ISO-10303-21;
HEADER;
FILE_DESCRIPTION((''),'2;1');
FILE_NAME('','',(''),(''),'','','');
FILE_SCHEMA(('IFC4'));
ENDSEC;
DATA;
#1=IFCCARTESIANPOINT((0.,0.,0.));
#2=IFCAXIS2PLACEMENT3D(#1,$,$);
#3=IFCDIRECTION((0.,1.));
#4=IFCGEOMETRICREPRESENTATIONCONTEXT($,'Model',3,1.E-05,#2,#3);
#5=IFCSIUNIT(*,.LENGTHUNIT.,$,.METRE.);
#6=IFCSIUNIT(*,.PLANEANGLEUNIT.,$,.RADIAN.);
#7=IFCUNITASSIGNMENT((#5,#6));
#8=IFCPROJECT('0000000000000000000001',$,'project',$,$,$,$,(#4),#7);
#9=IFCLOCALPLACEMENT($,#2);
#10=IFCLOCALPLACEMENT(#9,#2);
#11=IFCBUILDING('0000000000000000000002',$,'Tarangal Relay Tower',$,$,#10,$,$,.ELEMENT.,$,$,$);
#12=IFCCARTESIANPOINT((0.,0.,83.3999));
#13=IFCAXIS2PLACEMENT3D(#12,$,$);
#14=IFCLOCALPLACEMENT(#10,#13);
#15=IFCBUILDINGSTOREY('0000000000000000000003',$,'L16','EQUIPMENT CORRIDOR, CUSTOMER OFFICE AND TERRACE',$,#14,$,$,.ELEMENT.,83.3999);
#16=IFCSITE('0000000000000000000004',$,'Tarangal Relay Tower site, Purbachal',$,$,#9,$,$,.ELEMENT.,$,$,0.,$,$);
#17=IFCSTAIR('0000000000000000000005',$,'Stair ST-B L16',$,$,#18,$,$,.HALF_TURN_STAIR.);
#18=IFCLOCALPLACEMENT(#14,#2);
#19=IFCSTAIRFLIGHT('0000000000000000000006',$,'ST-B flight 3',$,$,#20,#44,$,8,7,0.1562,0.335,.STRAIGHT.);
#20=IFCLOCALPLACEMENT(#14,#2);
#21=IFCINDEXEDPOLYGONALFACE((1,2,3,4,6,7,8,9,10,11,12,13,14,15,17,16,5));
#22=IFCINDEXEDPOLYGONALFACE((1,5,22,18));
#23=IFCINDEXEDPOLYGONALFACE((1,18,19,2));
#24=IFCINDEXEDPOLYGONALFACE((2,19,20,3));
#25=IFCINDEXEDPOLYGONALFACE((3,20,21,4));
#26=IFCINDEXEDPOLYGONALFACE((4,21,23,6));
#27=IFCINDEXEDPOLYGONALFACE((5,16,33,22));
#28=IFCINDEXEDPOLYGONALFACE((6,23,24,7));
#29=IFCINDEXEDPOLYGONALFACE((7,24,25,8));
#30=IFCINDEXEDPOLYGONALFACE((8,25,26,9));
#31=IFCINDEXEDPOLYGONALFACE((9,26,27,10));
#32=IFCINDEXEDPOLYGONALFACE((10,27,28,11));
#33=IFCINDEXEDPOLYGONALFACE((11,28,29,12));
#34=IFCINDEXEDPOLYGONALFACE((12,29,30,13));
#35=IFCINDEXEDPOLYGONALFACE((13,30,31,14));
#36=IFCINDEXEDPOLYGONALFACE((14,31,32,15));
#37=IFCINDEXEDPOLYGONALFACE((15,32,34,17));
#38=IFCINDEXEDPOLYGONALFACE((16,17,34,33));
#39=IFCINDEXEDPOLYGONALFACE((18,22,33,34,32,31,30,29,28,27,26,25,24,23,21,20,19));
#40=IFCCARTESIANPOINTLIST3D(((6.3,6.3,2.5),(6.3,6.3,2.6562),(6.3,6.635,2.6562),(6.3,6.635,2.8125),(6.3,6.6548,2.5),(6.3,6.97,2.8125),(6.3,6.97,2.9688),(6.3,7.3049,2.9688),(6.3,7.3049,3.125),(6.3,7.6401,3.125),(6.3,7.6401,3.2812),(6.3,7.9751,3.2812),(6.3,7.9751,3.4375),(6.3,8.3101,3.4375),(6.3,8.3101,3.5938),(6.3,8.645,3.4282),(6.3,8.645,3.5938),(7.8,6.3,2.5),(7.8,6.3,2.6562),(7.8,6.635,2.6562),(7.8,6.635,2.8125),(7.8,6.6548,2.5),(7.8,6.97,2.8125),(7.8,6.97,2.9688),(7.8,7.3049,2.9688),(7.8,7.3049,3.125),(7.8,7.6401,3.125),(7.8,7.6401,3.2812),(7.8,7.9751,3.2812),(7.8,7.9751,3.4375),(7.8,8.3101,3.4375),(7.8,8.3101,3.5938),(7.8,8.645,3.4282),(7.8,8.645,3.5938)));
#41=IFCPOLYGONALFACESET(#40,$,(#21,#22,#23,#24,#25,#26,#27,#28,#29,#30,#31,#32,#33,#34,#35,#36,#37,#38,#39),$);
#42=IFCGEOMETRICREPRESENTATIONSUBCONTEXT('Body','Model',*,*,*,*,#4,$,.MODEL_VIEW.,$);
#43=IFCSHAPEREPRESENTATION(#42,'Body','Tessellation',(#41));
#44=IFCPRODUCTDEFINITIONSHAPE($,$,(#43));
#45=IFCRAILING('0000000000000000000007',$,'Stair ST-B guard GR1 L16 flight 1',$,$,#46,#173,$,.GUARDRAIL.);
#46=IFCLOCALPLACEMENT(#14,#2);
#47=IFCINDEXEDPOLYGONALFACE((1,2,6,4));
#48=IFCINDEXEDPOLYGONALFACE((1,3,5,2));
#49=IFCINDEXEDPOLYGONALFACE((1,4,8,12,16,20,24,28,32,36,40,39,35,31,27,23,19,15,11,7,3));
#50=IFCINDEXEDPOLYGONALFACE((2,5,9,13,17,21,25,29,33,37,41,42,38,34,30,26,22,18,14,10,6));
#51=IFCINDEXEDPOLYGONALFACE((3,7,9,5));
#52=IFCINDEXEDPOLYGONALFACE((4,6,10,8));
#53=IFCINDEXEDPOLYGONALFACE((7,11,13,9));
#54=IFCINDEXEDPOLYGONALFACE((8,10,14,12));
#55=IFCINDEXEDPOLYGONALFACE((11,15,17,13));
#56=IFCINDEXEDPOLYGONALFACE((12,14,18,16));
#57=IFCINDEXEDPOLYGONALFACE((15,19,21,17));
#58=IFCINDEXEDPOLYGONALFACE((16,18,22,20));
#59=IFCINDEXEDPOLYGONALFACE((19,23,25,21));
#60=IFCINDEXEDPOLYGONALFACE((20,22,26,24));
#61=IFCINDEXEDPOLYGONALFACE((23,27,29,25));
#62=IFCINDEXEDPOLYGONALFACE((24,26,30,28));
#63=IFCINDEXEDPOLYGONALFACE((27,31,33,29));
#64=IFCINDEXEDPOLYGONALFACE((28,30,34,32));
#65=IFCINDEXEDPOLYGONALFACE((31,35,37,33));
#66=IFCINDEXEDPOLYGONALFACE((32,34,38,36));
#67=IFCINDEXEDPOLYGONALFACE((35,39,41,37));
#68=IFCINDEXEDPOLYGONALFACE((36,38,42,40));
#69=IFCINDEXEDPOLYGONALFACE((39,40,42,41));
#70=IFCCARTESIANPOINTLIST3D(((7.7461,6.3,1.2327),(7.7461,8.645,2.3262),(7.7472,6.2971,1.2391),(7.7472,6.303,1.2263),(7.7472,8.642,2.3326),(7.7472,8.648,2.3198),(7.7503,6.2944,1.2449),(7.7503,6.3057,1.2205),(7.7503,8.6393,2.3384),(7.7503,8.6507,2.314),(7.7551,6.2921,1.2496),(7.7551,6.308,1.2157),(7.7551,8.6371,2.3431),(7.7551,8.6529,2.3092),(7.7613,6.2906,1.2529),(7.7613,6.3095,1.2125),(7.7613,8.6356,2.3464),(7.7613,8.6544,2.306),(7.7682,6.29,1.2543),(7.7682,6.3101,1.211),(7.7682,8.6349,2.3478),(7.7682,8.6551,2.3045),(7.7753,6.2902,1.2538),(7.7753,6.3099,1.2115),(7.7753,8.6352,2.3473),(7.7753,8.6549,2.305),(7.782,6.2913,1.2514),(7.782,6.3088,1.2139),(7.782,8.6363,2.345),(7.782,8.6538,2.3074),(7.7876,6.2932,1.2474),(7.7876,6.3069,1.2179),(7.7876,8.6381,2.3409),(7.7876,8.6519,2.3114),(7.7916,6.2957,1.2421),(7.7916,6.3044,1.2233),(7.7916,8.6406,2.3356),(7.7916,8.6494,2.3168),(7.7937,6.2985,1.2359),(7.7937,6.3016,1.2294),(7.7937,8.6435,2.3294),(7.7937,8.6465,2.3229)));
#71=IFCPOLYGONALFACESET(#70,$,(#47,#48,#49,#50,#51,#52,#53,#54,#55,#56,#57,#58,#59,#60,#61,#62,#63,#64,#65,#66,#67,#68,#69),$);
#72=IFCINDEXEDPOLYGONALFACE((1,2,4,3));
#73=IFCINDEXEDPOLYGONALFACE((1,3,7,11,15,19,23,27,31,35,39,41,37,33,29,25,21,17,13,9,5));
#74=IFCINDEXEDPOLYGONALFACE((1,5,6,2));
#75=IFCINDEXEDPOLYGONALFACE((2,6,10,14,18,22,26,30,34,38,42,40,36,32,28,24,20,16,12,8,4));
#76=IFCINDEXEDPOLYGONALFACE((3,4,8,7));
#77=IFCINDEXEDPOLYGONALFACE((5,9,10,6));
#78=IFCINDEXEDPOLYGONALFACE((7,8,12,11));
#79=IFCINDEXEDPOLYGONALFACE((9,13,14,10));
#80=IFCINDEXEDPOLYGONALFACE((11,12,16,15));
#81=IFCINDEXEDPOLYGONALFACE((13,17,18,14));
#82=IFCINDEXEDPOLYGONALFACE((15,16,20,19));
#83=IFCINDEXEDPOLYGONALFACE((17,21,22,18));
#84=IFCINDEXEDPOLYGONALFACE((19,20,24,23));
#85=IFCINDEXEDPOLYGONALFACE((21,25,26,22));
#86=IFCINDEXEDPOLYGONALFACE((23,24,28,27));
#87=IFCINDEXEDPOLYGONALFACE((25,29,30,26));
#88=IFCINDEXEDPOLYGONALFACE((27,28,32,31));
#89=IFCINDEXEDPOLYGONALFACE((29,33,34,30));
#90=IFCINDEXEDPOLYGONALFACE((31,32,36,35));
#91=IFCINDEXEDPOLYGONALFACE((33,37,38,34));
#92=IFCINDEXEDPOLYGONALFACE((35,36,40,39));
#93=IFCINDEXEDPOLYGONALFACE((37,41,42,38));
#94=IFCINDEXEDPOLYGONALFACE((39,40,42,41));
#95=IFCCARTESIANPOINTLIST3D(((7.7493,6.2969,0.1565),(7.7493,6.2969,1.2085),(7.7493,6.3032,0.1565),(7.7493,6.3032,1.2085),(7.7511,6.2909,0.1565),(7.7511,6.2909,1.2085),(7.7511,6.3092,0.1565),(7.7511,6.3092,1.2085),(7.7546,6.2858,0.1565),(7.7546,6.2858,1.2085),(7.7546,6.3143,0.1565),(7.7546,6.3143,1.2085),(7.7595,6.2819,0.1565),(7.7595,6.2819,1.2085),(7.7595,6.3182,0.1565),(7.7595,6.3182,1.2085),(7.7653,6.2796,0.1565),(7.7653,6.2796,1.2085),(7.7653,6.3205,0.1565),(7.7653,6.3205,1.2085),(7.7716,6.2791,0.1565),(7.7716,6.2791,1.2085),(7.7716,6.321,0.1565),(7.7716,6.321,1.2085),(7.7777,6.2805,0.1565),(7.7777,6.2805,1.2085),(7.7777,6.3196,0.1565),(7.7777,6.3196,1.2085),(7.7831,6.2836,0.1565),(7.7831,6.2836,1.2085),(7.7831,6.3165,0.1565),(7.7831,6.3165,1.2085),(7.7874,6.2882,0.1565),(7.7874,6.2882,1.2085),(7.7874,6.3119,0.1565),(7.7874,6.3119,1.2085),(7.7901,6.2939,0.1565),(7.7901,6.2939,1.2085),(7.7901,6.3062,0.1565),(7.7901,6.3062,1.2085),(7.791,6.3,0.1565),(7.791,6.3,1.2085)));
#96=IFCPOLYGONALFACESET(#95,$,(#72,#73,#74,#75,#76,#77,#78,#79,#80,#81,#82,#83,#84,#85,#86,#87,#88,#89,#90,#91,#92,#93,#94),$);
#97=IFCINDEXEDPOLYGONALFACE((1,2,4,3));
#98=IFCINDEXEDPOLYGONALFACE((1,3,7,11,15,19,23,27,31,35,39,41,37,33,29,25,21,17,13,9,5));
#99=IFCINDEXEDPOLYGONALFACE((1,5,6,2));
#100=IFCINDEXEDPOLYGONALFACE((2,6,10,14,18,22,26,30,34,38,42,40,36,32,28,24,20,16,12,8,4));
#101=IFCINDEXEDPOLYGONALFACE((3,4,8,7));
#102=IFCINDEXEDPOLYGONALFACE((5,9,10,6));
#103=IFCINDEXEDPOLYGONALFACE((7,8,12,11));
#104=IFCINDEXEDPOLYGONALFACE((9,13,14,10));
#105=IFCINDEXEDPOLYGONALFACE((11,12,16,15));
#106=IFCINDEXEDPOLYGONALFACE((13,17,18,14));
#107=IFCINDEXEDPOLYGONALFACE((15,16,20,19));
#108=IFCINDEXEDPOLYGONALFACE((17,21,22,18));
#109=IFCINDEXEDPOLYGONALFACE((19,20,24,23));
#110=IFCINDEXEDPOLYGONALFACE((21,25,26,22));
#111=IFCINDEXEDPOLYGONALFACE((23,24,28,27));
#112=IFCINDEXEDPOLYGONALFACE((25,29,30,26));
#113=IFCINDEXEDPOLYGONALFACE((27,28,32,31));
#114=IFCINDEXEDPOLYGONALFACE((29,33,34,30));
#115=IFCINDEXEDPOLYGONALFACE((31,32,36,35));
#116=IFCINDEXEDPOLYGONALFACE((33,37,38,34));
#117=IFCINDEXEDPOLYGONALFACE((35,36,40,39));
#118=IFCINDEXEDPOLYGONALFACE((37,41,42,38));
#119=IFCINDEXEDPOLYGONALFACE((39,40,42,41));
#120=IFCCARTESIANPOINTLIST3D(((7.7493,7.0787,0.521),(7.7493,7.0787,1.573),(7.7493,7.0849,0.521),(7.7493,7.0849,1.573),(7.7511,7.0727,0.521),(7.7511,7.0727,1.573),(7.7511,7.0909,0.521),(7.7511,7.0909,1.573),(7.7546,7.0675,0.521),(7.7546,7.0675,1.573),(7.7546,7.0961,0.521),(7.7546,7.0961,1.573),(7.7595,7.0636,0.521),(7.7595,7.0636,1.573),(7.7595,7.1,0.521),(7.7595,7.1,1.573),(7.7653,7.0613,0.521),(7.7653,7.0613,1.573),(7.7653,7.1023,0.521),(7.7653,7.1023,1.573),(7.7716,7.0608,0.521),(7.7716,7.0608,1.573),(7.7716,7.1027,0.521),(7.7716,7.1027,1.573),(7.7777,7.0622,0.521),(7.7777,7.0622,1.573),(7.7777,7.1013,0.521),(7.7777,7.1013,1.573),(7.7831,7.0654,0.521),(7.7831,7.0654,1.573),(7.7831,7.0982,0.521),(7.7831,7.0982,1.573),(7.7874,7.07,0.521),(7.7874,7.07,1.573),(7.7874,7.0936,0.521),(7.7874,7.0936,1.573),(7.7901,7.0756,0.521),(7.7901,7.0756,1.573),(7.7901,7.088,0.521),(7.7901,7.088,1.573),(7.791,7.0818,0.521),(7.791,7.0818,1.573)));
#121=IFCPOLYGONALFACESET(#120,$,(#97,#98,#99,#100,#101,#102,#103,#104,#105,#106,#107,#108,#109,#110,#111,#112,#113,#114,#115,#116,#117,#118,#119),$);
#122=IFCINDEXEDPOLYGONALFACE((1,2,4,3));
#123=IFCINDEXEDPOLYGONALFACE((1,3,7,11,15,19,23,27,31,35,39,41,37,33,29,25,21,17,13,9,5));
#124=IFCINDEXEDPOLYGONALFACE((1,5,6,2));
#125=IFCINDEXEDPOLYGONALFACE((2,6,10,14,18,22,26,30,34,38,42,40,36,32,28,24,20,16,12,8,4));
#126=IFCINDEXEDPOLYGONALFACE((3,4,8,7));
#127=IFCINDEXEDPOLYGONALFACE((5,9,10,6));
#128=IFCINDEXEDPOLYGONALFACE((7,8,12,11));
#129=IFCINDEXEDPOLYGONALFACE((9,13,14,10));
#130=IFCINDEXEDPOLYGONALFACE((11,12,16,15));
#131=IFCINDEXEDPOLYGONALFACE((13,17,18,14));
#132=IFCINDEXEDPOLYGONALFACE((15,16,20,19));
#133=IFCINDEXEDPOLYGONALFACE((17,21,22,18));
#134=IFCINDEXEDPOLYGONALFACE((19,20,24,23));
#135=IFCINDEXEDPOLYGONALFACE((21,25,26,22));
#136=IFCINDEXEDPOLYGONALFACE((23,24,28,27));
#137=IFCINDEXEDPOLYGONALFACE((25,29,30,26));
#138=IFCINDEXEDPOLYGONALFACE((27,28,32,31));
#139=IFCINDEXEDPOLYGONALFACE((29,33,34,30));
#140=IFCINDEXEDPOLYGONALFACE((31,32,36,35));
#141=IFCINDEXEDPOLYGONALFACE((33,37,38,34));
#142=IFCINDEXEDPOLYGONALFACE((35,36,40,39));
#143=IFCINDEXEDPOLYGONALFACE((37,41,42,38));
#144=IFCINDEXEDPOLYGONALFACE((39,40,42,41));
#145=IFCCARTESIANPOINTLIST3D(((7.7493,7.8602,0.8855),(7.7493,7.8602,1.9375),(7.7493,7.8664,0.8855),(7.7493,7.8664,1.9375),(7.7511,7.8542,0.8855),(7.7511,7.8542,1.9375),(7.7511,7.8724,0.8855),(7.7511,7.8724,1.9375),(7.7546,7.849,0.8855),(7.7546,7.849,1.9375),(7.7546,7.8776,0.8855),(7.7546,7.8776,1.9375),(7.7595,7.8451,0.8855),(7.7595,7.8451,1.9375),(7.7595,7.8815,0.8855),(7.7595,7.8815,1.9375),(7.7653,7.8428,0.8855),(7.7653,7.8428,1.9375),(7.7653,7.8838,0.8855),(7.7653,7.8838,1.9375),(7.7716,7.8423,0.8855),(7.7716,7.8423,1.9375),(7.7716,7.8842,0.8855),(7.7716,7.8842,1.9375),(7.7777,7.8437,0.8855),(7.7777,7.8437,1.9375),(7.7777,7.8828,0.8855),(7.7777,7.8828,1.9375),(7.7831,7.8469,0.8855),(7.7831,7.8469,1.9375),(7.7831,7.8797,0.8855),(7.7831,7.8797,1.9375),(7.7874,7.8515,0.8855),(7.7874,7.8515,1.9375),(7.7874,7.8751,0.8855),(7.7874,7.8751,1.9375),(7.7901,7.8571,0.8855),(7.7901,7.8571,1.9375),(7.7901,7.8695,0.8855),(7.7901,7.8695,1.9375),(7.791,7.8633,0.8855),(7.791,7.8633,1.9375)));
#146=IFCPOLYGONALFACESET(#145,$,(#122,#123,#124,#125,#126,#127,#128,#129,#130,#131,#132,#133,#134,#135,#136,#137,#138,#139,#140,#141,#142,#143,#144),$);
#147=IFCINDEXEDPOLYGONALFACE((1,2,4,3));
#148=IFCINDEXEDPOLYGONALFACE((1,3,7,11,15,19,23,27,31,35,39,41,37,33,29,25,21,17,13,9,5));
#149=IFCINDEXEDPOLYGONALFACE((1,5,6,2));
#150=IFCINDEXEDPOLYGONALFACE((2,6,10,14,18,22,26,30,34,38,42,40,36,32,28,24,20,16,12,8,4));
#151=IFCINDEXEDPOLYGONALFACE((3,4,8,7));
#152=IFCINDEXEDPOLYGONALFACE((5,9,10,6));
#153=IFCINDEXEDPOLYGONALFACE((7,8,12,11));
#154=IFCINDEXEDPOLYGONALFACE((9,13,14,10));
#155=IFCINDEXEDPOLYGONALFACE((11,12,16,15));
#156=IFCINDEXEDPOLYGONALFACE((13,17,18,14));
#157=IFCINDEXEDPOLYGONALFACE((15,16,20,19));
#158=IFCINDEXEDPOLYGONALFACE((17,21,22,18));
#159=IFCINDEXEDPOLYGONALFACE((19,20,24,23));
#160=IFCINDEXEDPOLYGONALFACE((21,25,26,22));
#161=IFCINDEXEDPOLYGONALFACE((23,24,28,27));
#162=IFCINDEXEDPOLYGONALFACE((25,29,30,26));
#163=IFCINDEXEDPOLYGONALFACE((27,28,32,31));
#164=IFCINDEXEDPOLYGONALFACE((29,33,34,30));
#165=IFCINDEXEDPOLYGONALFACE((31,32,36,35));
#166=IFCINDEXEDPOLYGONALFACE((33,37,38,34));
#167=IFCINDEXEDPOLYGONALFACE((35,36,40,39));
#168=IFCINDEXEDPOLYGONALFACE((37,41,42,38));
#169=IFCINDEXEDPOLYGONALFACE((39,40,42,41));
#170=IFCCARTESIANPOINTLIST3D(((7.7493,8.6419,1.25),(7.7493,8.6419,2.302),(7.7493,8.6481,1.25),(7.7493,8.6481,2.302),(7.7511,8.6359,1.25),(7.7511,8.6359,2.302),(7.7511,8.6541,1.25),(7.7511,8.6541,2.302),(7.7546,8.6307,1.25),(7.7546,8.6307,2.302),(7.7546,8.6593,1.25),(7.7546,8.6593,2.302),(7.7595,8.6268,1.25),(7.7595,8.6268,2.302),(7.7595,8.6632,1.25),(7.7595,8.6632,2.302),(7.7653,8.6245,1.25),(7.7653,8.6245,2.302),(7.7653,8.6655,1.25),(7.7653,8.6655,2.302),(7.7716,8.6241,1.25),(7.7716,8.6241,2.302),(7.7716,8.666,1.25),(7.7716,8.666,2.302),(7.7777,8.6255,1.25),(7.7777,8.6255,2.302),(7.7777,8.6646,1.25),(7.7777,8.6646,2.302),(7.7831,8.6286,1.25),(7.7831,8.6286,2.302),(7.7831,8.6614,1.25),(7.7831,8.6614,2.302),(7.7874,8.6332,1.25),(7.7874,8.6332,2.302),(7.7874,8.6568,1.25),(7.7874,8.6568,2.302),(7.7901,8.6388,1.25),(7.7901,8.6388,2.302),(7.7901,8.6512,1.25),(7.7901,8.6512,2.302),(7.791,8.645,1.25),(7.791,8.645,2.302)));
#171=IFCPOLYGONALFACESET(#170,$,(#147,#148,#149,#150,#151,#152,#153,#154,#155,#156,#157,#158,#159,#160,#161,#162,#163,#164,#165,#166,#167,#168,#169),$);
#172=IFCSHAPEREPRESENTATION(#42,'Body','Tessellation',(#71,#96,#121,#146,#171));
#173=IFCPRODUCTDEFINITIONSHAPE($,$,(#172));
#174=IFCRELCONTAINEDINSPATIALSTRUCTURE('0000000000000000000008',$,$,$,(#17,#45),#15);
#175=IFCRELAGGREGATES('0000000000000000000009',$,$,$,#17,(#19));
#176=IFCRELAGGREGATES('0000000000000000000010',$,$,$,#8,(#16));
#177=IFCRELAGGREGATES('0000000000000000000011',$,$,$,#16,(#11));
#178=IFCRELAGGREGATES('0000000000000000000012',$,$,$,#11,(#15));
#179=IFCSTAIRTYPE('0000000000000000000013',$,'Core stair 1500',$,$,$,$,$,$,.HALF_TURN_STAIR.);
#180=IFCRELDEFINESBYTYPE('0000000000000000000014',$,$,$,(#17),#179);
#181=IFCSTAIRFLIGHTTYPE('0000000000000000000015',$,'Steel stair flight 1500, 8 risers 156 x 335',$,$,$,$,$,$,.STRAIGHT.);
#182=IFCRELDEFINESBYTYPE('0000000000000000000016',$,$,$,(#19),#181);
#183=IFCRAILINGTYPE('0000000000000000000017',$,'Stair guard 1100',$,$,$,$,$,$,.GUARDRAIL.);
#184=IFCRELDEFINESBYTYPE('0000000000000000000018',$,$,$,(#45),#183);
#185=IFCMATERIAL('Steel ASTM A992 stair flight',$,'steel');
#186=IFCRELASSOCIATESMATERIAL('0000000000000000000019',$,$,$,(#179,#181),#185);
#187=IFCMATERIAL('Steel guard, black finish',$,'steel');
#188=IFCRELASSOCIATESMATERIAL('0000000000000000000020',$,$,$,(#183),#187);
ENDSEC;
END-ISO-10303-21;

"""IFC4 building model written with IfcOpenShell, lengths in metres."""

from ifc_helpers import new_model, si_unit, direction, frame, origin, origin_2d, place, context, subcontext, project, spatial, polyline, circle, outline, extrude, material, type_object, element, aggregate, save


model = new_model("IFC4")

# Units and contexts
model_context = context("Model", 3, precision=1e-05, world=origin(), true_north=direction((0.0, 1.0)))
body_context = subcontext(model_context, "Body", "Model", "MODEL_VIEW")
ifc_project = project(units=[si_unit("LENGTHUNIT", "METRE"), si_unit("PLANEANGLEUNIT", "RADIAN")], contexts=[model_context])

# Site, building, storey
site_placement = place(None, origin())
site = spatial("IfcSite", under=ifc_project, at=site_placement, Name="Tarangal Relay Tower site, Purbachal", CompositionType="ELEMENT", RefElevation=0.0)
building_placement = place(site_placement, origin())
building = spatial("IfcBuilding", under=site, at=building_placement, Name="Tarangal Relay Tower", CompositionType="ELEMENT")
storey_placement = place(building_placement, frame((0.0, 0.0, 83.3999)))
storey = spatial("IfcBuildingStorey", under=building, at=storey_placement, Name="L16", Description="EQUIPMENT CORRIDOR, CUSTOMER OFFICE AND TERRACE", CompositionType="ELEMENT", Elevation=83.3999)

# Stair
ifc_material_1 = material(Name="Steel ASTM A992 stair flight", Category="steel")
stair_type = type_object("IfcStairType", Name="Core stair 1500", PredefinedType="HALF_TURN_STAIR", material=ifc_material_1)
stair_1_placement = place(storey_placement, origin())
stair_1 = element("IfcStair", 1, at=stair_1_placement, inside=storey, type_object=stair_type, Name="Stair ST-B L16", PredefinedType="HALF_TURN_STAIR")

# Stair flight
stair_flight_type = type_object("IfcStairFlightType", Name="Steel stair flight 1500, 8 risers 156 x 335", PredefinedType="STRAIGHT", material=ifc_material_1)
stair_flight_1_placement = place(storey_placement, frame((7.05, 6.3, 2.5), z_axis=(0.0, 0.0, 1.0), x_axis=(0.0, 1.0, 0.0)))
stair_flight_1 = element("IfcStairFlight", 2, at=stair_flight_1_placement, type_object=stair_flight_type, Name="ST-B flight 3", NumberOfRisers=8, NumberOfTreads=7, PredefinedType="STRAIGHT", RiserHeight=0.1562, TreadLength=0.335, context=body_context, shape_type="SweptSolid", body=[
    extrude(outline(polyline([(0.0, 0.0), (0.0, 0.1562), (0.335, 0.1562), (0.335, 0.3125), (0.6699, 0.3125), (0.6699, 0.4688), (1.0049, 0.4688), (1.0049, 0.625), (1.3401, 0.625), (1.3401, 0.7812), (1.675, 0.7812), (1.675, 0.9375), (2.01, 0.9375), (2.01, 1.0938), (2.345, 1.0938), (2.345, 1.25), (2.345, 0.9282), (0.3547, 0.0), (0.0, 0.0)])), frame((0.0, 0.75, 0.0), z_axis=(0.0, -1.0, 0.0), x_axis=(1.0, 0.0, 0.0)), (0.0, 0.0, 1.0), 1.5),
])
aggregate(stair_1, [stair_flight_1])

# Railing
ifc_material_2 = material(Name="Steel guard, black finish", Category="steel")
railing_type_1 = type_object("IfcRailingType", Name="Stair guard 1100", PredefinedType="GUARDRAIL", material=ifc_material_2)
railing_1_placement = place(storey_placement, frame((7.77, 6.3, 0.1565)))
element("IfcRailing", 3, at=railing_1_placement, inside=storey, type_object=railing_type_1, Name="Stair ST-B guard GR1 L16 flight 1", PredefinedType="GUARDRAIL", context=body_context, shape_type="SweptSolid", body=[
    extrude(circle(Radius=0.0239, at=origin_2d()), frame((0.0, 0.0, 1.0762), z_axis=(0.0, 0.906304, 0.422627), x_axis=(-1.0, 0.0, 0.0)), (0.0, 0.0, 1.0), 2.5874),
    extrude(circle(Radius=0.021, at=origin_2d()), origin(), (0.0, 0.0, 1.0), 1.052),
    extrude(circle(Radius=0.021, at=origin_2d()), frame((0.0, 0.7817, 0.3645)), (0.0, 0.0, 1.0), 1.052),
    extrude(circle(Radius=0.021, at=origin_2d()), frame((0.0, 1.5632, 0.729)), (0.0, 0.0, 1.0), 1.052),
    extrude(circle(Radius=0.021, at=origin_2d()), frame((0.0, 2.345, 1.0935)), (0.0, 0.0, 1.0), 1.052),
])

save(model, "model.ifc")
